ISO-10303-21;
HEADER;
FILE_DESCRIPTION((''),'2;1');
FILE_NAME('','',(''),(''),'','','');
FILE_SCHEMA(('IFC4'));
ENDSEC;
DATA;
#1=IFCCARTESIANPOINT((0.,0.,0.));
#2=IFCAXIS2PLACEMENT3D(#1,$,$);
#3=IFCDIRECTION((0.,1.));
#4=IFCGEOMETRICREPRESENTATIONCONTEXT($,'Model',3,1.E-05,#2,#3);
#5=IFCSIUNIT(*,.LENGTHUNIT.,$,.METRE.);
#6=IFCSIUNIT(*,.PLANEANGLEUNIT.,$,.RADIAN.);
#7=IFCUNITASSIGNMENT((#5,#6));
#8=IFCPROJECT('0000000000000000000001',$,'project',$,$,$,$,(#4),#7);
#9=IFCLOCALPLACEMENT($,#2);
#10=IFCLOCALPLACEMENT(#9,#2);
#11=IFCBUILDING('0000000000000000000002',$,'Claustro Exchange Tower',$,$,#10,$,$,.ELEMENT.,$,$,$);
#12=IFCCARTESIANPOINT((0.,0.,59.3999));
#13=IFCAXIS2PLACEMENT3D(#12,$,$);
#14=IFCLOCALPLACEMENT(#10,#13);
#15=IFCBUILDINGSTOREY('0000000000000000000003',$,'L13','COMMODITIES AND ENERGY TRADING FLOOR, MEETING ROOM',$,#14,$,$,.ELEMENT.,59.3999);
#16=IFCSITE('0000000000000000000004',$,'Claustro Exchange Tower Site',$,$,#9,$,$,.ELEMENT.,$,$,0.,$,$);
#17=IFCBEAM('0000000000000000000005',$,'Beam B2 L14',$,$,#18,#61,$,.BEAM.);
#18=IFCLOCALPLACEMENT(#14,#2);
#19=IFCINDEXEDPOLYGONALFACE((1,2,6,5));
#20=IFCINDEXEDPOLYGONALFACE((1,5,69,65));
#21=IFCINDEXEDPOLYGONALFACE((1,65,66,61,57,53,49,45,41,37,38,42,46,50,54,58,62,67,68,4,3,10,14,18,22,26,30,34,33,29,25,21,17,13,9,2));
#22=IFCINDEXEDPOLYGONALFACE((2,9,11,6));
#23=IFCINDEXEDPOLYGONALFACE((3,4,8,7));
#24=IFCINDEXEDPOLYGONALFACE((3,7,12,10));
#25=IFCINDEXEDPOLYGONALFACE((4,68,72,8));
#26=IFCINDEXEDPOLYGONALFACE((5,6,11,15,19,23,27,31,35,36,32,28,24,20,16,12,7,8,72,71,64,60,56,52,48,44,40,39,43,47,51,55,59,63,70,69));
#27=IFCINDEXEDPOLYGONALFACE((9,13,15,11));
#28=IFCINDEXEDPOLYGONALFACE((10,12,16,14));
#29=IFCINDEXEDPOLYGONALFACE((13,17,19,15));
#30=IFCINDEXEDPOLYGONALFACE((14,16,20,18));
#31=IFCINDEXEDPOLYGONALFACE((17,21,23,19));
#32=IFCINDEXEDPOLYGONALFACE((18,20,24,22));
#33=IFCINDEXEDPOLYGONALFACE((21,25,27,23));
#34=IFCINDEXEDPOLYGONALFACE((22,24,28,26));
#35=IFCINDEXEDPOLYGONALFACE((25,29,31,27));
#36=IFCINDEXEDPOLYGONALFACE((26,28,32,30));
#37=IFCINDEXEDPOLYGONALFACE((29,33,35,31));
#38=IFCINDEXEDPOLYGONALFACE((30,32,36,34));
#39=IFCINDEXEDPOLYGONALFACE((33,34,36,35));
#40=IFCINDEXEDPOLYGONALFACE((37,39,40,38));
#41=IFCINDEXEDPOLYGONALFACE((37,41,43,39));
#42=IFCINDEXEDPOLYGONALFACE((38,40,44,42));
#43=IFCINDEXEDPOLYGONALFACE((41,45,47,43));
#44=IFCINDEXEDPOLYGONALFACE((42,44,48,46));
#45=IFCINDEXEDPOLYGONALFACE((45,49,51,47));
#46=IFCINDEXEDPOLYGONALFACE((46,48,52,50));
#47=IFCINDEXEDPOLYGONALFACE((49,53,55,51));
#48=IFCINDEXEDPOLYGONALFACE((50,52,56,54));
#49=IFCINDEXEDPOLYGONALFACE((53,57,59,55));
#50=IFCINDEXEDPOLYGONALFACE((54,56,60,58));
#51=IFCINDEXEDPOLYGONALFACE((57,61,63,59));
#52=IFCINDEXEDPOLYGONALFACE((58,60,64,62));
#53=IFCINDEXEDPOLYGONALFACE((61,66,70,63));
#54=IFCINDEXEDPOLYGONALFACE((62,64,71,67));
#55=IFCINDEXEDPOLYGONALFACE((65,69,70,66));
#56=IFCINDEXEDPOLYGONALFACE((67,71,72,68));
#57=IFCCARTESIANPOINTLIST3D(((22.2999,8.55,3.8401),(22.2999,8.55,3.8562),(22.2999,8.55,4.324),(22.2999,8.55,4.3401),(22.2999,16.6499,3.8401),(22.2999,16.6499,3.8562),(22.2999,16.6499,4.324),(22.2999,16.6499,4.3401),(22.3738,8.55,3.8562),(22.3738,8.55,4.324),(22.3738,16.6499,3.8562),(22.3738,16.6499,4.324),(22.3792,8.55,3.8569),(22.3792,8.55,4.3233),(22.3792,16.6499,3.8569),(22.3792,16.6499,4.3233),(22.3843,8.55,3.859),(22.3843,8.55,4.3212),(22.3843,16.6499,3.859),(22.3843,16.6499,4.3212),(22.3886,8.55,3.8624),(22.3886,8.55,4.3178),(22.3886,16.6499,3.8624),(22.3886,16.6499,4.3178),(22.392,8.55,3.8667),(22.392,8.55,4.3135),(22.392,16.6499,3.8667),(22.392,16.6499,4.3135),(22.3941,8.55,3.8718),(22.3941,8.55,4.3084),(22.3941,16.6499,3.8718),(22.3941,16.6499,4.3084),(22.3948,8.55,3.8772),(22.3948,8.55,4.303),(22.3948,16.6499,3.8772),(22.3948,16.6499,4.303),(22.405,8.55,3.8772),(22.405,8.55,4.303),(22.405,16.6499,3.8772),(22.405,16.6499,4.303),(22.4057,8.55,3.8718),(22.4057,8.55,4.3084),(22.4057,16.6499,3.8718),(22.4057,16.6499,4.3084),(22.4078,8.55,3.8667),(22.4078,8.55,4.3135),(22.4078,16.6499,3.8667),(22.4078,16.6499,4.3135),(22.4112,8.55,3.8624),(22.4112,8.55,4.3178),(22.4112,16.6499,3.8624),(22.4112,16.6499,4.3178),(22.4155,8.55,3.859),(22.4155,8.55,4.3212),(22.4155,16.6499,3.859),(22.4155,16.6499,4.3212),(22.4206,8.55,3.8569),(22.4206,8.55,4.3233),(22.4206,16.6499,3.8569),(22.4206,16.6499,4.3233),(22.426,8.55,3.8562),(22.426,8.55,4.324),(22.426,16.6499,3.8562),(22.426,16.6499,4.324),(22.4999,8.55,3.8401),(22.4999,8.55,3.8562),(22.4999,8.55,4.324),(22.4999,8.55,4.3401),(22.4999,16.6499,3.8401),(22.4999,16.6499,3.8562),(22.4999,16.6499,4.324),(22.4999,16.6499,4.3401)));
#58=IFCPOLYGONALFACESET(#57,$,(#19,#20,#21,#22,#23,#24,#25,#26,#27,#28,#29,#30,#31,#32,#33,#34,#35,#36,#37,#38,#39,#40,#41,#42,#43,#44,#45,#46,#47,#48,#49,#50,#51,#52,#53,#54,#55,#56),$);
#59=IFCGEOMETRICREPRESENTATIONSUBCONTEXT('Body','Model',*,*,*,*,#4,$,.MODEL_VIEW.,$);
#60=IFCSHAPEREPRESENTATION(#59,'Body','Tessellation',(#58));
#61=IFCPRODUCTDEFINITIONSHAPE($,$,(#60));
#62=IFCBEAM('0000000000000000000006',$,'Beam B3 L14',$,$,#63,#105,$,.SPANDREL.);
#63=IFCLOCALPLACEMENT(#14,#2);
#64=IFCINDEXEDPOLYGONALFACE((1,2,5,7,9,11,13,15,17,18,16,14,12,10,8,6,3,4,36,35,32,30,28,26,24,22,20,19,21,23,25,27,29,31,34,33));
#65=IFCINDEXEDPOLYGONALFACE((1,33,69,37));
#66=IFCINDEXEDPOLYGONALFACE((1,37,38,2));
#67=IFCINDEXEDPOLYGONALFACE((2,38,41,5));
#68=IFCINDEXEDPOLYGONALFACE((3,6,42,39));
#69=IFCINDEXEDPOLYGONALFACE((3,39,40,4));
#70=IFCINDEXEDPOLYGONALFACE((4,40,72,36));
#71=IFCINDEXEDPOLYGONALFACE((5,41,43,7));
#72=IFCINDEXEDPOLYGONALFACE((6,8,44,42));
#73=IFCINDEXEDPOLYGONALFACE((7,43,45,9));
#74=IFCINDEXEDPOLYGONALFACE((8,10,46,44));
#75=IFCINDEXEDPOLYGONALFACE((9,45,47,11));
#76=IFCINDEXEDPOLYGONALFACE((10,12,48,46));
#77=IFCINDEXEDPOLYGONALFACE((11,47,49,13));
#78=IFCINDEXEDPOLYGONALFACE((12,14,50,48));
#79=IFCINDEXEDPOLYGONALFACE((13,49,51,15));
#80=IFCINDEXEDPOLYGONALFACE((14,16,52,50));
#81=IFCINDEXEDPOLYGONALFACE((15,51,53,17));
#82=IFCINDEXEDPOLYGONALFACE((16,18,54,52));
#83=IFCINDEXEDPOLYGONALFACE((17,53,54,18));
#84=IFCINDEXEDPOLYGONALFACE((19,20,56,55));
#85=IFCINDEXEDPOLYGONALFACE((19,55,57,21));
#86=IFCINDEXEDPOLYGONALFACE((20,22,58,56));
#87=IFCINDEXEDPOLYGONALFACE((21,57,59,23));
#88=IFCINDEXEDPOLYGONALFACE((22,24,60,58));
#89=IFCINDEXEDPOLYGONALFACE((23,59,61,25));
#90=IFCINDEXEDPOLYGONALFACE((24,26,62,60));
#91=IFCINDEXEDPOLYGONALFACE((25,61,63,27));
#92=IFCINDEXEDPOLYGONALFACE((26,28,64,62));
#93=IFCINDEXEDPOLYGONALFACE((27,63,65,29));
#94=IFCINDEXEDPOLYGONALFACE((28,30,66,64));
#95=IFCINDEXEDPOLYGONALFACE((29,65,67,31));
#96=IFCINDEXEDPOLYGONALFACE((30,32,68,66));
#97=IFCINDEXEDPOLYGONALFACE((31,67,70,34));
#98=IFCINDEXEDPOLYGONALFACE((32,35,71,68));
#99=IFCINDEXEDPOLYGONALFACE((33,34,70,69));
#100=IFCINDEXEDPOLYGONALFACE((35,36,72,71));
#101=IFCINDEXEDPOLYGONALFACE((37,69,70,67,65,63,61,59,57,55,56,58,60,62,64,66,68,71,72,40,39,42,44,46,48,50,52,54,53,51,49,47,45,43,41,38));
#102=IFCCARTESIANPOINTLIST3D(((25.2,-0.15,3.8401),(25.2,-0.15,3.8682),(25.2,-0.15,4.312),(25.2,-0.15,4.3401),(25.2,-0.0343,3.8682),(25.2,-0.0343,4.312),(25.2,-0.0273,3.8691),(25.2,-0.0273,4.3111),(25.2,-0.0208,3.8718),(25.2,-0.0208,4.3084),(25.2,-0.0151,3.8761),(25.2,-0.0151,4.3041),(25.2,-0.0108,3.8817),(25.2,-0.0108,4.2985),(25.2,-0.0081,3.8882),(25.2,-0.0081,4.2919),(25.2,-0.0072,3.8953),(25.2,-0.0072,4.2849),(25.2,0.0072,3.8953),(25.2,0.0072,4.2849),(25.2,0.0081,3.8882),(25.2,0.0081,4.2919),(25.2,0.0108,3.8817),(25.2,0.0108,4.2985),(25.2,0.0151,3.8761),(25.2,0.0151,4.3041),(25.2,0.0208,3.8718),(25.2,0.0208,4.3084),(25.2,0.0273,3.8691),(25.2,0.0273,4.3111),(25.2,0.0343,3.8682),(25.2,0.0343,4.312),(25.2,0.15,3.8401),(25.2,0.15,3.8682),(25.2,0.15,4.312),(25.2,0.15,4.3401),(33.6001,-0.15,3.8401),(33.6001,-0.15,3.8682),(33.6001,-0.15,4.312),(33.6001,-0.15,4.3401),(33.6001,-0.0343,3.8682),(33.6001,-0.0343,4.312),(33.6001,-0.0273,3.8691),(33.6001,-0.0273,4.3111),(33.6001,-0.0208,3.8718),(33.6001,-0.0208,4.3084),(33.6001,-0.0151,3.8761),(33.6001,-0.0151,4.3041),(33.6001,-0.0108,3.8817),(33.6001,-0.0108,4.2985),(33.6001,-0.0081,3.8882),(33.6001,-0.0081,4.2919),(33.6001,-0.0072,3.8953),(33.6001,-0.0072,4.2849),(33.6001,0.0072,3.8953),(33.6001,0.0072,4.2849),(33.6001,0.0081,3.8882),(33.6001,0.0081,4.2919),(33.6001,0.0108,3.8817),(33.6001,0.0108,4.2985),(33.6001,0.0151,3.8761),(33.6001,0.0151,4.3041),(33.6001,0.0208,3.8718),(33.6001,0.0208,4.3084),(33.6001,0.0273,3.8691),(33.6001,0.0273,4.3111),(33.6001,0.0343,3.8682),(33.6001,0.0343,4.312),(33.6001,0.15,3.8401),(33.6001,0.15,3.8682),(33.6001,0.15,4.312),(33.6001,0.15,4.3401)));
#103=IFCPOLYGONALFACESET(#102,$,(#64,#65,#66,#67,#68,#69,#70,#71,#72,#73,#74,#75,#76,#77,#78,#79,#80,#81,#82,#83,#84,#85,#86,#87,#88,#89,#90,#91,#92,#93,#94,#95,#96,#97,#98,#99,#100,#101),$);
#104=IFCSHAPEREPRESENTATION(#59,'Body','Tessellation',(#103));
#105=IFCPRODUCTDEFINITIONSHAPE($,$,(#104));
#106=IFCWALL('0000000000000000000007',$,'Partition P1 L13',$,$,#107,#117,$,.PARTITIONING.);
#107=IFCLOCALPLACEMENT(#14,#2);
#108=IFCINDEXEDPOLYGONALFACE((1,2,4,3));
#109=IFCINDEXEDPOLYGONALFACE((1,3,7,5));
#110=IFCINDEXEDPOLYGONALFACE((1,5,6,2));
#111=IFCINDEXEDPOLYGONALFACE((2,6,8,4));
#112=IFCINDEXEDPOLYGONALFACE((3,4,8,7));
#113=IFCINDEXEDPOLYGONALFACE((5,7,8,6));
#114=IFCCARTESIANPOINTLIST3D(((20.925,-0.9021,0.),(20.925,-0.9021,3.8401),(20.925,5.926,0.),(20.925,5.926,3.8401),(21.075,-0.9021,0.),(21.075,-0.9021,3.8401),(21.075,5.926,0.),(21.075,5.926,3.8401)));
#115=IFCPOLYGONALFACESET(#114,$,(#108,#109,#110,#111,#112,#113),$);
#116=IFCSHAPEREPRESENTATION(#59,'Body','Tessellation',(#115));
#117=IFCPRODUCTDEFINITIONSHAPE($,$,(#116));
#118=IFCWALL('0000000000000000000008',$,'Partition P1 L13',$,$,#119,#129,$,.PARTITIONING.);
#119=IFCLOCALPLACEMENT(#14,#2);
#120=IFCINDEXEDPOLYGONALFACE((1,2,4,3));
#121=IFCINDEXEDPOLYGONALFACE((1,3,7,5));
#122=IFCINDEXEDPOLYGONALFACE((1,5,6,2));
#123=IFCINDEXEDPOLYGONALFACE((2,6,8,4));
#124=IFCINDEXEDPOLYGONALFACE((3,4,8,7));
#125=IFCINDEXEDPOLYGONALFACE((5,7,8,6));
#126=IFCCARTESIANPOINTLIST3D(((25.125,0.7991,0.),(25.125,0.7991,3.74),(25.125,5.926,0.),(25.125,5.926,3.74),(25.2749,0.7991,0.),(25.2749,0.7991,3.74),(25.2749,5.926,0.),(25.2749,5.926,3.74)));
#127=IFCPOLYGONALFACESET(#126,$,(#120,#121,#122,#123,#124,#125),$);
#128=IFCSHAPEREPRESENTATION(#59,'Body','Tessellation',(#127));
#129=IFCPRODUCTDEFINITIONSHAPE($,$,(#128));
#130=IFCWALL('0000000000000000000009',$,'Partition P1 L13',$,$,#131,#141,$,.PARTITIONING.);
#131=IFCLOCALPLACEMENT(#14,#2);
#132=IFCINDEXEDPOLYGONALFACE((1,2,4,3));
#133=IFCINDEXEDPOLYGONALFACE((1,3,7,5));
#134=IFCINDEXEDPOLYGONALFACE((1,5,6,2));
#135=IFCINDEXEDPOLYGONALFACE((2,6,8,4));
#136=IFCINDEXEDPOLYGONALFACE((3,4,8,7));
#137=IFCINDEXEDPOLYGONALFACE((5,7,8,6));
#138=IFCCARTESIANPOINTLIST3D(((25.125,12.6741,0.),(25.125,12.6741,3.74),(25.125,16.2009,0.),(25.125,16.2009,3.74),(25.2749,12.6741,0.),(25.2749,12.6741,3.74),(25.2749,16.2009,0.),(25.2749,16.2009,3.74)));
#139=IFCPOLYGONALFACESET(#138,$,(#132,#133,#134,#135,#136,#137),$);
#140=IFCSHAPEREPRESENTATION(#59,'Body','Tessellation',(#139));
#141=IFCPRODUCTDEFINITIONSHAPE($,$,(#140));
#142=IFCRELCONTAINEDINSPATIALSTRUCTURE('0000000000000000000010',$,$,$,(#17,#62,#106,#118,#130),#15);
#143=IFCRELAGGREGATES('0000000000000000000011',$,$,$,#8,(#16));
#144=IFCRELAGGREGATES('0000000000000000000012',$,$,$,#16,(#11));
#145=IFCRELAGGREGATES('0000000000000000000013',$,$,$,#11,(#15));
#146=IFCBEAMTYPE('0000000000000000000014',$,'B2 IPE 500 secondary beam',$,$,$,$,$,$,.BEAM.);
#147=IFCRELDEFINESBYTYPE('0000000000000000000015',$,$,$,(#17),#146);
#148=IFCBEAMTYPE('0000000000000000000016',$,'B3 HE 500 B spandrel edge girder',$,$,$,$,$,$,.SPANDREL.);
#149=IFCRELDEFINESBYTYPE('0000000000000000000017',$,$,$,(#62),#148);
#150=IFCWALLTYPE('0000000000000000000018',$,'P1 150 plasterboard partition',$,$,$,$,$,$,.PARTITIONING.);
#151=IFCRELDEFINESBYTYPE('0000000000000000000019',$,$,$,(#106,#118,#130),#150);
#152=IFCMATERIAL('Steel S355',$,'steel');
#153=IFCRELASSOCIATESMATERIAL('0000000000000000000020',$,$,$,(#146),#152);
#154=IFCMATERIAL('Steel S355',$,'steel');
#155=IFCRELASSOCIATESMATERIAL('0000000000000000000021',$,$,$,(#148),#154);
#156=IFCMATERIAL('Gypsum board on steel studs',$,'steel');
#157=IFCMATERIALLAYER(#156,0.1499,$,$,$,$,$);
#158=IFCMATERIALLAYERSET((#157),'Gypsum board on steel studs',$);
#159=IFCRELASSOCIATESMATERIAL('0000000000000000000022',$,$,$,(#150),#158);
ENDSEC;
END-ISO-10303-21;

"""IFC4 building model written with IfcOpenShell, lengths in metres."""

from ifc_helpers import new_model, si_unit, direction, frame, frame_2d, origin, origin_2d, place, context, subcontext, project, spatial, rectangle, i_section, extrude, material, layer, layer_set, material_profile, profile_set, type_object, element, save


model = new_model("IFC4")

# Units and contexts
model_context = context("Model", 3, precision=1e-05, world=origin(), true_north=direction((0.0, 1.0)))
body_context = subcontext(model_context, "Body", "Model", "MODEL_VIEW")
ifc_project = project(units=[si_unit("LENGTHUNIT", "METRE"), si_unit("PLANEANGLEUNIT", "RADIAN")], contexts=[model_context])

# Site, building, storey
site_placement = place(None, origin())
site = spatial("IfcSite", under=ifc_project, at=site_placement, Name="Claustro Exchange Tower Site", CompositionType="ELEMENT", RefElevation=0.0)
building_placement = place(site_placement, origin())
building = spatial("IfcBuilding", under=site, at=building_placement, Name="Claustro Exchange Tower", CompositionType="ELEMENT")
storey_placement = place(building_placement, frame((0.0, 0.0, 59.3999)))
storey = spatial("IfcBuildingStorey", under=building, at=storey_placement, Name="L13", Description="COMMODITIES AND ENERGY TRADING FLOOR, MEETING ROOM", CompositionType="ELEMENT", Elevation=59.3999)

# Beams
ifc_material_1 = material(Name="Steel S355", Category="steel")
ifc_material_profile_1 = material_profile(ifc_material_1, i_section(OverallWidth=0.2, OverallDepth=0.5, WebThickness=0.0103, FlangeThickness=0.0161, FilletRadius=0.021, at=origin_2d()), Name="IPE 500")
ifc_profile_set_1 = profile_set([ifc_material_profile_1], Name="Steel S355")
beam_type_1 = type_object("IfcBeamType", Name="B2 IPE 500 secondary beam", PredefinedType="BEAM", material=ifc_profile_set_1)
for number, where, z_axis, x_axis, name in (
    (1, (22.3999, 8.55, 4.0901), (0.0, 1.0, 0.0), (-1.0, 0.0, 0.0), "Beam B2 L14"),
):
    element("IfcBeam", number, at=place(storey_placement, frame(where, z_axis=z_axis, x_axis=x_axis)), inside=storey, type_object=beam_type_1, Name=name, PredefinedType="BEAM", context=body_context, shape_type="SweptSolid", body=[
        extrude(i_section(OverallWidth=0.2, OverallDepth=0.5, WebThickness=0.0103, FlangeThickness=0.0161, FilletRadius=0.021, at=origin_2d()), origin(), (0.0, 0.0, 1.0), 8.0999),
    ])
ifc_material_2 = material(Name="Steel S355", Category="steel")
ifc_material_profile_2 = material_profile(ifc_material_2, i_section(OverallWidth=0.3, OverallDepth=0.5, WebThickness=0.0144, FlangeThickness=0.0281, FilletRadius=0.0271, at=origin_2d()), Name="HE 500 B")
ifc_profile_set_2 = profile_set([ifc_material_profile_2], Name="Steel S355")
beam_type_2 = type_object("IfcBeamType", Name="B3 HE 500 B spandrel edge girder", PredefinedType="SPANDREL", material=ifc_profile_set_2)
beam_1_placement = place(storey_placement, frame((25.2, 0.0, 4.0901), z_axis=(1.0, 0.0, 0.0), x_axis=(0.0, 1.0, 0.0)))
element("IfcBeam", 2, at=beam_1_placement, inside=storey, type_object=beam_type_2, Name="Beam B3 L14", PredefinedType="SPANDREL", context=body_context, shape_type="SweptSolid", body=[
    extrude(i_section(OverallWidth=0.3, OverallDepth=0.5, WebThickness=0.0144, FlangeThickness=0.0281, FilletRadius=0.0271, at=origin_2d()), origin(), (0.0, 0.0, 1.0), 8.4001),
])

# Walls
ifc_material_3 = material(Name="Gypsum board on steel studs", Category="steel")
ifc_layer_1 = layer(ifc_material_3, 0.1499)
ifc_layer_set_1 = layer_set([ifc_layer_1], Name="Gypsum board on steel studs")
wall_type_1 = type_object("IfcWallType", Name="P1 150 plasterboard partition", PredefinedType="PARTITIONING", material=ifc_layer_set_1)
wall_1_placement = place(storey_placement, frame((21.0, -0.9021, 0.0), z_axis=(0.0, 0.0, 1.0), x_axis=(0.0, 1.0, 0.0)))
element("IfcWall", 3, at=wall_1_placement, inside=storey, type_object=wall_type_1, Name="Partition P1 L13", PredefinedType="PARTITIONING", context=body_context, shape_type="SweptSolid", body=[
    extrude(rectangle(XDim=6.8281, YDim=0.1499, at=frame_2d((3.4141, 0.0))), origin(), (0.0, 0.0, 1.0), 3.8401),
])
wall_2_placement = place(storey_placement, frame((25.2, 0.7991, 0.0), z_axis=(0.0, 0.0, 1.0), x_axis=(0.0, 1.0, 0.0)))
element("IfcWall", 4, at=wall_2_placement, inside=storey, type_object=wall_type_1, Name="Partition P1 L13", PredefinedType="PARTITIONING", context=body_context, shape_type="SweptSolid", body=[
    extrude(rectangle(XDim=5.127, YDim=0.1499, at=frame_2d((2.5635, 0.0))), origin(), (0.0, 0.0, 1.0), 3.74),
])
wall_3_placement = place(storey_placement, frame((25.2, 12.6741, 0.0), z_axis=(0.0, 0.0, 1.0), x_axis=(0.0, 1.0, 0.0)))
element("IfcWall", 5, at=wall_3_placement, inside=storey, type_object=wall_type_1, Name="Partition P1 L13", PredefinedType="PARTITIONING", context=body_context, shape_type="SweptSolid", body=[
    extrude(rectangle(XDim=3.5269, YDim=0.1499, at=frame_2d((1.7634, 0.0))), origin(), (0.0, 0.0, 1.0), 3.74),
])

save(model, "model.ifc")
